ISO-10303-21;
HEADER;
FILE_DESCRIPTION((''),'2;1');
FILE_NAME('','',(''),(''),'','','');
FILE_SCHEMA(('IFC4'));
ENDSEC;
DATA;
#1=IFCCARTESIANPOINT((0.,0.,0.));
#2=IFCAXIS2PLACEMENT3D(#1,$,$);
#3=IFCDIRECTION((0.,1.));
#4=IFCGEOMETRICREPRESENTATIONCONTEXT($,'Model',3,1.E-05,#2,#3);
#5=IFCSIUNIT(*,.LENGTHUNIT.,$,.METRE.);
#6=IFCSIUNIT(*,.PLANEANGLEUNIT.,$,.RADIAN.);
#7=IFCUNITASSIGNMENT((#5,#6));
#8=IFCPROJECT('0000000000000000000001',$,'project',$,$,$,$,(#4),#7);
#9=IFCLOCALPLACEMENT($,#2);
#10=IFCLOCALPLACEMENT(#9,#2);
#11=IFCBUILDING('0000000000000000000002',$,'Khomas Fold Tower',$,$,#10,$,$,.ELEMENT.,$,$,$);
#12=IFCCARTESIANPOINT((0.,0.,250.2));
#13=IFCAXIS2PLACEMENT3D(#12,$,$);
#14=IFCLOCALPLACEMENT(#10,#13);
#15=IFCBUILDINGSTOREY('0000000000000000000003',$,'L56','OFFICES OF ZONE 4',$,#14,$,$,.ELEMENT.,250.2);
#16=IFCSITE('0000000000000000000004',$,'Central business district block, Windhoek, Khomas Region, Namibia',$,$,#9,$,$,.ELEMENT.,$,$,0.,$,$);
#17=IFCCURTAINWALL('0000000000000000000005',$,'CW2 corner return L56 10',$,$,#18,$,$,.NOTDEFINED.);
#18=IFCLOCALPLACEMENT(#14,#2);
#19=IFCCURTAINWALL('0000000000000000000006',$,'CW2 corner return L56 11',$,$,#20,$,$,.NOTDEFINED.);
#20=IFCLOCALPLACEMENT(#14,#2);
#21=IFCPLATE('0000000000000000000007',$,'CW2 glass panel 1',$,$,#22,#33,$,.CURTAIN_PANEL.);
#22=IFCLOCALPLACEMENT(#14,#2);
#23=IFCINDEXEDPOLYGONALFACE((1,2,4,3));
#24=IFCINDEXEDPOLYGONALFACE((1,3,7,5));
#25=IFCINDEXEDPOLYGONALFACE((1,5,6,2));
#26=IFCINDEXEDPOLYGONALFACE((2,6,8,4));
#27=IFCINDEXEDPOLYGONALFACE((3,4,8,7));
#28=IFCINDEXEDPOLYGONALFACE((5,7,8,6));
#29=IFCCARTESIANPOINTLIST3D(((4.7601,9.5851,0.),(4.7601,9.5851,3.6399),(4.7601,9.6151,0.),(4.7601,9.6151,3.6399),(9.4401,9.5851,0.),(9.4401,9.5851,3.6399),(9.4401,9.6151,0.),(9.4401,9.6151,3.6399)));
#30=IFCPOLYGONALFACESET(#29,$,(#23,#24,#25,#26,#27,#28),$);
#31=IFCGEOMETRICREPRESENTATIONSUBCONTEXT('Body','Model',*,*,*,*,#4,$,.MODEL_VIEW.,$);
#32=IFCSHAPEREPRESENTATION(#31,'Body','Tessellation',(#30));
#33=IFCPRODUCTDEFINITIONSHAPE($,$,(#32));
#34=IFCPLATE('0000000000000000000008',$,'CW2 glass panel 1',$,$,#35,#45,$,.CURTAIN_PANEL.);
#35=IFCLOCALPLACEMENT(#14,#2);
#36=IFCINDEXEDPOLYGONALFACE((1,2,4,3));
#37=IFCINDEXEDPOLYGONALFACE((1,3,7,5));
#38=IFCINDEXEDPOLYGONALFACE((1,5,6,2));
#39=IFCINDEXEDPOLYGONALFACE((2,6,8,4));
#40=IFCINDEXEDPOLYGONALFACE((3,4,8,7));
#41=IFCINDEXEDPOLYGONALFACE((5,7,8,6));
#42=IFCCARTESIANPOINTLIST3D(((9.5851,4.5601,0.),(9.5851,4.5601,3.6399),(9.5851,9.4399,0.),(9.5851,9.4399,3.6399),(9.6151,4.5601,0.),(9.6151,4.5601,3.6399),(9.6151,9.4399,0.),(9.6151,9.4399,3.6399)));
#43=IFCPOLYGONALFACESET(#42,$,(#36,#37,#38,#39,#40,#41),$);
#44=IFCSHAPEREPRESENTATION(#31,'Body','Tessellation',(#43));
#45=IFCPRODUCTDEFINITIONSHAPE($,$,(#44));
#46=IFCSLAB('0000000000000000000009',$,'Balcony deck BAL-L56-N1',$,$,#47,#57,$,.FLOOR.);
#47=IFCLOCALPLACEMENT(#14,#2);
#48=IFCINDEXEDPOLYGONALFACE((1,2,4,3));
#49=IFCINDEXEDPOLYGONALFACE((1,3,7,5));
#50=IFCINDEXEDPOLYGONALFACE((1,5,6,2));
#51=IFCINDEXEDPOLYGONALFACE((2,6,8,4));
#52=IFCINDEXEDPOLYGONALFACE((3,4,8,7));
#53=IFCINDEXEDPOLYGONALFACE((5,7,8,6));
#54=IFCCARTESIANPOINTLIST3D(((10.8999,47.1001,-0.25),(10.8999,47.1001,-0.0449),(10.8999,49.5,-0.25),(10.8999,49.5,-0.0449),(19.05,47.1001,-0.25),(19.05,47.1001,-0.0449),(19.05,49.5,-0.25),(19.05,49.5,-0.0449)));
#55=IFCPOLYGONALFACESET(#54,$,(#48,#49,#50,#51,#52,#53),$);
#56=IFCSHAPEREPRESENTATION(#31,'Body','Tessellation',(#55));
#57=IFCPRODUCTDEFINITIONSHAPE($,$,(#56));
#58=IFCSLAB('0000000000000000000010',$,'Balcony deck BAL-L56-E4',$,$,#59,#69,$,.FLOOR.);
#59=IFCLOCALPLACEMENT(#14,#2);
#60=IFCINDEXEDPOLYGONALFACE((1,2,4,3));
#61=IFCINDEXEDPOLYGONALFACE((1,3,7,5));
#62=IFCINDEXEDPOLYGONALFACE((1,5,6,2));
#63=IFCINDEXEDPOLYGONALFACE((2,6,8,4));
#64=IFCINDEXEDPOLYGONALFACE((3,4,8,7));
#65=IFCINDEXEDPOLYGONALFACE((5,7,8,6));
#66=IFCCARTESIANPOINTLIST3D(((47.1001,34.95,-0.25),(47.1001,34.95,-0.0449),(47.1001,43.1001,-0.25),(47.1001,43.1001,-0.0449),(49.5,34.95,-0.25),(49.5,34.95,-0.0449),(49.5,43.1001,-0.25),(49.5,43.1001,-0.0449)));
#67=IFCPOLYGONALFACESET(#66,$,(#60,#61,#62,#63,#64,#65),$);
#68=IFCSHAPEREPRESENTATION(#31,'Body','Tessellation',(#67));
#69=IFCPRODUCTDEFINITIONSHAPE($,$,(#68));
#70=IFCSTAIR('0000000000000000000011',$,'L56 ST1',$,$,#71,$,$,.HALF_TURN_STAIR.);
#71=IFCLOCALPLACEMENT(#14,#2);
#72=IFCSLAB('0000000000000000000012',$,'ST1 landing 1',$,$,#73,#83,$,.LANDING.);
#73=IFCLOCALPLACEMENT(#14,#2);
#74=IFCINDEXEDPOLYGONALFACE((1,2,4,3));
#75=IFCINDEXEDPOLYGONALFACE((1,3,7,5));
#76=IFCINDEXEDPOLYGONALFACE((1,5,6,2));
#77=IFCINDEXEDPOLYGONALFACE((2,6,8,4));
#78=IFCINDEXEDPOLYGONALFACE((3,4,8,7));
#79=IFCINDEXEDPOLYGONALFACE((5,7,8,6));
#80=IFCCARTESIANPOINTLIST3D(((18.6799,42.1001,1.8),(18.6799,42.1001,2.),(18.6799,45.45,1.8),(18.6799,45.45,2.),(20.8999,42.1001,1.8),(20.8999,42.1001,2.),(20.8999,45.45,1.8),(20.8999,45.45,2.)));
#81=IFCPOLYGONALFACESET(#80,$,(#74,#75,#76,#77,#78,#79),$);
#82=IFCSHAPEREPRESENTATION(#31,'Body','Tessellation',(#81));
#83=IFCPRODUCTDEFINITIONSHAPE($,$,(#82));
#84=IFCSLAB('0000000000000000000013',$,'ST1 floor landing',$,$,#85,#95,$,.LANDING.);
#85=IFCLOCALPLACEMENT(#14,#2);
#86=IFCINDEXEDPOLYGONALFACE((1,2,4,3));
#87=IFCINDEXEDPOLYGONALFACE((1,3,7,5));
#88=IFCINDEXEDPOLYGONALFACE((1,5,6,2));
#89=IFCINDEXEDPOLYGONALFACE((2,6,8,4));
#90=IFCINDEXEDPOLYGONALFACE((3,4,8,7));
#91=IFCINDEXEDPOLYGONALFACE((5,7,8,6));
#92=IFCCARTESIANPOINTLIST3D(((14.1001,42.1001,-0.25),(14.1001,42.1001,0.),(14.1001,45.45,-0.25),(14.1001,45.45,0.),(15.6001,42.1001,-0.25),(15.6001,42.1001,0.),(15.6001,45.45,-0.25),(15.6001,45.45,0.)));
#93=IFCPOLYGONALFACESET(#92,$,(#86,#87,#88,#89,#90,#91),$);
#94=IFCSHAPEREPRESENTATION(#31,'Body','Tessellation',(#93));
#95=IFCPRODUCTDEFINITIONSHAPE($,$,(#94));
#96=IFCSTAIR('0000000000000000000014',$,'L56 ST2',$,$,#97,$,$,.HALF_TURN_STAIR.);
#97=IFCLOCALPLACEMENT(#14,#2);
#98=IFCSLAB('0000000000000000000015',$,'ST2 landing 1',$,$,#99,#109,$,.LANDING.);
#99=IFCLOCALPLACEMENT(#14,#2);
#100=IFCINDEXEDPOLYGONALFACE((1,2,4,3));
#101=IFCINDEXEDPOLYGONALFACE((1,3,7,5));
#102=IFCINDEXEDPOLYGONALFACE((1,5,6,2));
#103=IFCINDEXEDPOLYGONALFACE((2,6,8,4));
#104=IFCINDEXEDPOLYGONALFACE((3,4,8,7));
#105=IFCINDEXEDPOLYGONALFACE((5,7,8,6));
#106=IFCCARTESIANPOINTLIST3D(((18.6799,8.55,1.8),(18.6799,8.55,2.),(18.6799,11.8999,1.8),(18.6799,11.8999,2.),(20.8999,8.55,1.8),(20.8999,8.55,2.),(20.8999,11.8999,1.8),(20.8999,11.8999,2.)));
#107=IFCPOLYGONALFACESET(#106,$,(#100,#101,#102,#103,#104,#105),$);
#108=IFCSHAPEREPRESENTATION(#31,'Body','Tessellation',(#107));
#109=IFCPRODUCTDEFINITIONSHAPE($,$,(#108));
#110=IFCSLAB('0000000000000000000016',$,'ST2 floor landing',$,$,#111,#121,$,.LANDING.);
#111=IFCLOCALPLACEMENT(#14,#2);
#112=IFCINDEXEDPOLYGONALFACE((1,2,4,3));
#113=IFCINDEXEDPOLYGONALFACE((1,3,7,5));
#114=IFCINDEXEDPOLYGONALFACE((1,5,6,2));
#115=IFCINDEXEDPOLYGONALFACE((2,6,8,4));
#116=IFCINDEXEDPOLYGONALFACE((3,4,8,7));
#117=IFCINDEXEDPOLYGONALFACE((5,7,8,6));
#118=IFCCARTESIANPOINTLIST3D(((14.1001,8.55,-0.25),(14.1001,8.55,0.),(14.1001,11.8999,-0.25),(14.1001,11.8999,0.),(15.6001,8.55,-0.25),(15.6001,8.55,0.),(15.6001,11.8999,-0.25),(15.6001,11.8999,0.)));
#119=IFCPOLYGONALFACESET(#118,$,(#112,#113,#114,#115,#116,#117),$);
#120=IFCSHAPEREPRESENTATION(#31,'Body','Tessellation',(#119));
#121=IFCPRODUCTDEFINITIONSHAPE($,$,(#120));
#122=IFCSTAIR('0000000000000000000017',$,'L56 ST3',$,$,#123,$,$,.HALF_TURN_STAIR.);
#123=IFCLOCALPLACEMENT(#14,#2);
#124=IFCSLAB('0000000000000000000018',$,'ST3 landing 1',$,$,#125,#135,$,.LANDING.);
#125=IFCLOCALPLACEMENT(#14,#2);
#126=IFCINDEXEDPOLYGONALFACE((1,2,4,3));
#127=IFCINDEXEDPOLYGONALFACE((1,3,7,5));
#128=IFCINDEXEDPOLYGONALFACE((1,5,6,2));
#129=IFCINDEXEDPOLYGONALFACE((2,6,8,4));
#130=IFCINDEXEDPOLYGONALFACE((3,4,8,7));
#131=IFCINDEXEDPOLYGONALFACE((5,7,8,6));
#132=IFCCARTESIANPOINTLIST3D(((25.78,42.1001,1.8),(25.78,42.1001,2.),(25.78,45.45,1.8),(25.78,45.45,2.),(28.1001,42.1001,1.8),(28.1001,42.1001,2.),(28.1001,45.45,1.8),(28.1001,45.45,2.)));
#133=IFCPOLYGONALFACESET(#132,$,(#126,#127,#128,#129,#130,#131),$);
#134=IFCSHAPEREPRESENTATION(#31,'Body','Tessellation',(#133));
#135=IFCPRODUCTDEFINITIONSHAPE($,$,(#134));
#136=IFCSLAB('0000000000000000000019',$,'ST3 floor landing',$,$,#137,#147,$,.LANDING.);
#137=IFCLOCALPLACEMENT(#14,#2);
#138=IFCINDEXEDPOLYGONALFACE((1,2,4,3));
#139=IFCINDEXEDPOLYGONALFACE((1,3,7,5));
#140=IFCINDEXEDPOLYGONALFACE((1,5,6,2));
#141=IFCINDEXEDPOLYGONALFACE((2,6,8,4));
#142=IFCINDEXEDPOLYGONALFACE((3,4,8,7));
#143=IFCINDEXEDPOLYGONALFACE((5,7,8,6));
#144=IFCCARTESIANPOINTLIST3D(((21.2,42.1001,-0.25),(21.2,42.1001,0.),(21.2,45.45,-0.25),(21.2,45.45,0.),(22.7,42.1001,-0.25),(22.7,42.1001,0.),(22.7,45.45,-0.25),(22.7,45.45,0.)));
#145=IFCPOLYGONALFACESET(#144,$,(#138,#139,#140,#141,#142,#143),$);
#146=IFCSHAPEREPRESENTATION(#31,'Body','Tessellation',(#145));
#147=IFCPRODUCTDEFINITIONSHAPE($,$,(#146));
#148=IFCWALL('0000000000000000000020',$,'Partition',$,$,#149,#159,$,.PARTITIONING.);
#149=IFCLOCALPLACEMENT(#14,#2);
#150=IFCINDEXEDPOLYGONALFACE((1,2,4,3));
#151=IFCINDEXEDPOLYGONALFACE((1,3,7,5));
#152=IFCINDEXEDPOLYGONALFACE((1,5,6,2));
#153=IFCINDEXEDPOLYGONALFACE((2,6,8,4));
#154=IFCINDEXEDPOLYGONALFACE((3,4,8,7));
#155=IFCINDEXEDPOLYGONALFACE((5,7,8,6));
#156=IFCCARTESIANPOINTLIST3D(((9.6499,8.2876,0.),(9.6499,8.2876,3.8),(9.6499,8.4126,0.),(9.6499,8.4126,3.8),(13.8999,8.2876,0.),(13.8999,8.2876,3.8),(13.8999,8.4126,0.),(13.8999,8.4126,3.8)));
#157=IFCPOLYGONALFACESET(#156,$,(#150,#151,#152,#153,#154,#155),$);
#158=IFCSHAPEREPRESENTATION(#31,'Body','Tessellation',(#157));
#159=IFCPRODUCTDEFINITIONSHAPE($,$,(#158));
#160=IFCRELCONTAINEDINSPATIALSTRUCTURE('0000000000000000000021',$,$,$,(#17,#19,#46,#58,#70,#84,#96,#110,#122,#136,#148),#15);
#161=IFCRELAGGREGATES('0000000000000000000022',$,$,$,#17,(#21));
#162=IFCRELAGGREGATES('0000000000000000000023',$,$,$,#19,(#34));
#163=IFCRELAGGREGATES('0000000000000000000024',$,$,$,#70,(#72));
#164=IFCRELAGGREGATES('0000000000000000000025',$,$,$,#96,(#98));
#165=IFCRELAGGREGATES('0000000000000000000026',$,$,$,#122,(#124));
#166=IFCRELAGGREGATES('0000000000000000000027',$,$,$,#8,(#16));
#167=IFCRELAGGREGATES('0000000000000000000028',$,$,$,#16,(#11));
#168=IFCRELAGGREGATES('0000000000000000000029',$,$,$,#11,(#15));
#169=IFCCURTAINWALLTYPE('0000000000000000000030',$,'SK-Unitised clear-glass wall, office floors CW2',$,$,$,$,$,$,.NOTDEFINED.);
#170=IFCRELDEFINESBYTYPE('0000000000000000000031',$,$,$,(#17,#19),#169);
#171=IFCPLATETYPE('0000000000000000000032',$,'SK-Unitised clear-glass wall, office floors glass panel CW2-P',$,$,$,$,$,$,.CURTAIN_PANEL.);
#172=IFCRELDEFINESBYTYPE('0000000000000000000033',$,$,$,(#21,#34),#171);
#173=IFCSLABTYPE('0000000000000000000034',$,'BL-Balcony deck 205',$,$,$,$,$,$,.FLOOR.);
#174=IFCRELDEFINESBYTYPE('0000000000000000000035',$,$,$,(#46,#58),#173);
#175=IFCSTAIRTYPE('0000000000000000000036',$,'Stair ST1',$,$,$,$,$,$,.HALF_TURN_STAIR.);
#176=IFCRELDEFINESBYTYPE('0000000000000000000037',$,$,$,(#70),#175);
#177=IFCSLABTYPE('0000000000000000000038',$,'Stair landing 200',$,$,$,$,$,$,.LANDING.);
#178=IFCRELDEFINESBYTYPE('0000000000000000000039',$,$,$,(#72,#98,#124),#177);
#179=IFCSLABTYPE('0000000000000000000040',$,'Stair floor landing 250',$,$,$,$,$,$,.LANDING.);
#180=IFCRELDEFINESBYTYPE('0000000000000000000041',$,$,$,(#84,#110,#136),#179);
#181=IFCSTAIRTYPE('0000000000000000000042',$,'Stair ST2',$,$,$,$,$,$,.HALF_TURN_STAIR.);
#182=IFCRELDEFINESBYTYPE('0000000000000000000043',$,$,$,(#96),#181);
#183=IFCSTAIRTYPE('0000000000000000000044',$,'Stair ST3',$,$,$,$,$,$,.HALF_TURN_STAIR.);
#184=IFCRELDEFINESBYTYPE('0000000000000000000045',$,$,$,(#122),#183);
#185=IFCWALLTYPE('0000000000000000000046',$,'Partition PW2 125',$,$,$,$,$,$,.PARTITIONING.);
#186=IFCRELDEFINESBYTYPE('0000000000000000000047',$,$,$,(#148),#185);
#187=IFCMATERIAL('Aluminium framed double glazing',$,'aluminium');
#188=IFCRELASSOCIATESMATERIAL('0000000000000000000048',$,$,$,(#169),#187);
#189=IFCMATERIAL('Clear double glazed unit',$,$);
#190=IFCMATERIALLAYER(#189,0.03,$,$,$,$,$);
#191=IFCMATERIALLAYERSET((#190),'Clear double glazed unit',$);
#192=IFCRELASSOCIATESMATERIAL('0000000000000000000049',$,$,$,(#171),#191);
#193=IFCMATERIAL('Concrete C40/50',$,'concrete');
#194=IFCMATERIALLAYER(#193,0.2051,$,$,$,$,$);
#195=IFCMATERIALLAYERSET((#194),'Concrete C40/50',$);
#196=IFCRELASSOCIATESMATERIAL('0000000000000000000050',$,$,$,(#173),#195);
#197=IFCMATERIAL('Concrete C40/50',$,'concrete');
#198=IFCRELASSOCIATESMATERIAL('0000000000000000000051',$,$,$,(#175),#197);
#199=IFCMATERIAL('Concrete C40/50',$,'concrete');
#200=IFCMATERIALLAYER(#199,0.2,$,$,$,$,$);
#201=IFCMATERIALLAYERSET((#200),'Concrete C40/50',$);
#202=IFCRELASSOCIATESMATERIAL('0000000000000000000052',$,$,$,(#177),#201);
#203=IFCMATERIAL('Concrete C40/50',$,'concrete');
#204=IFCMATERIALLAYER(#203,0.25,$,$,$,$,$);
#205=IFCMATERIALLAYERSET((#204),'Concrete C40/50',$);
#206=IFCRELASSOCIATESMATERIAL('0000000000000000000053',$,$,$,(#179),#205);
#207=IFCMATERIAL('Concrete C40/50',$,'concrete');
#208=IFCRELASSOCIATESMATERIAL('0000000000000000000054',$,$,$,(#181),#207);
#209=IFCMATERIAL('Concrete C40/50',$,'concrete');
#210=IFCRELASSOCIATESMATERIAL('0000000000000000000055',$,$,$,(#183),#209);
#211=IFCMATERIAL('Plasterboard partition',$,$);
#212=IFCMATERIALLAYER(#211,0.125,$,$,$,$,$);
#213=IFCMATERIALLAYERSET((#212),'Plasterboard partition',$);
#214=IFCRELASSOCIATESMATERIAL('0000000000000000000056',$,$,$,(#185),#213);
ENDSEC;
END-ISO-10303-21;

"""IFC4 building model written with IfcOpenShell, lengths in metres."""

from ifc_helpers import new_model, si_unit, direction, frame, frame_2d, origin, origin_2d, place, context, subcontext, project, spatial, polyline, rectangle, outline, extrude, source, transform, mapped, material, layer, layer_set, type_object, element, aggregate, save


model = new_model("IFC4")

# Units and contexts
model_context = context("Model", 3, precision=1e-05, world=origin(), true_north=direction((0.0, 1.0)))
body_context = subcontext(model_context, "Body", "Model", "MODEL_VIEW")
ifc_project = project(units=[si_unit("LENGTHUNIT", "METRE"), si_unit("PLANEANGLEUNIT", "RADIAN")], contexts=[model_context])

# Site, building, storey
site_placement = place(None, origin())
site = spatial("IfcSite", under=ifc_project, at=site_placement, Name="Central business district block, Windhoek, Khomas Region, Namibia", CompositionType="ELEMENT", RefElevation=0.0)
building_placement = place(site_placement, origin())
building = spatial("IfcBuilding", under=site, at=building_placement, Name="Khomas Fold Tower", CompositionType="ELEMENT")
storey_placement = place(building_placement, frame((0.0, 0.0, 250.2)))
storey = spatial("IfcBuildingStorey", under=building, at=storey_placement, Name="L56", Description="OFFICES OF ZONE 4", CompositionType="ELEMENT", Elevation=250.2)

# Shared definitions
ifc_material_1 = material(Name="Aluminium framed double glazing", Category="aluminium")
curtain_wall_type = type_object("IfcCurtainWallType", Name="SK-Unitised clear-glass wall, office floors CW2", PredefinedType="NOTDEFINED", material=ifc_material_1)

# Curtain walls
curtain_wall_1_placement = place(storey_placement, origin())
curtain_wall_1 = element("IfcCurtainWall", 1, at=curtain_wall_1_placement, inside=storey, type_object=curtain_wall_type, Name="CW2 corner return L56 10", PredefinedType="NOTDEFINED")
curtain_wall_2_placement = place(storey_placement, origin())
curtain_wall_2 = element("IfcCurtainWall", 2, at=curtain_wall_2_placement, inside=storey, type_object=curtain_wall_type, Name="CW2 corner return L56 11", PredefinedType="NOTDEFINED")

# Plates
ifc_material_2 = material(Name="Clear double glazed unit")
ifc_layer_1 = layer(ifc_material_2, 0.03)
ifc_layer_set_1 = layer_set([ifc_layer_1], Name="Clear double glazed unit")
plate_type = type_object("IfcPlateType", Name="SK-Unitised clear-glass wall, office floors glass panel CW2-P", PredefinedType="CURTAIN_PANEL", material=ifc_layer_set_1)
shared_shape_1 = source(origin(), body_context, "Body", "SweptSolid", [
    extrude(rectangle(XDim=4.6799, YDim=0.03, at=origin_2d()), origin(), (0.0, 0.0, 1.0), 3.6399),
])
plate_1_placement = place(storey_placement, frame((7.1001, 9.6001, 0.0), z_axis=(0.0, 0.0, 1.0), x_axis=(1.0, 0.0, 0.0)))
plate_1 = element("IfcPlate", 3, at=plate_1_placement, type_object=plate_type, Name="CW2 glass panel 1", PredefinedType="CURTAIN_PANEL", context=body_context, shape_type="MappedRepresentation", body=[
    mapped(shared_shape_1, transform((0.0, 0.0, 0.0))),
])
aggregate(curtain_wall_1, [plate_1])
shared_shape_2 = source(origin(), body_context, "Body", "SweptSolid", [
    extrude(rectangle(XDim=4.8799, YDim=0.03, at=origin_2d()), origin(), (0.0, 0.0, 1.0), 3.6399),
])
plate_2_placement = place(storey_placement, frame((9.6001, 7.0, 0.0), z_axis=(0.0, 0.0, 1.0), x_axis=(0.0, -1.0, 0.0)))
plate_2 = element("IfcPlate", 4, at=plate_2_placement, type_object=plate_type, Name="CW2 glass panel 1", PredefinedType="CURTAIN_PANEL", context=body_context, shape_type="MappedRepresentation", body=[
    mapped(shared_shape_2, transform((0.0, 0.0, 0.0))),
])
aggregate(curtain_wall_2, [plate_2])

# Slabs
ifc_material_3 = material(Name="Concrete C40/50", Category="concrete")
ifc_layer_2 = layer(ifc_material_3, 0.2051)
ifc_layer_set_2 = layer_set([ifc_layer_2], Name="Concrete C40/50")
slab_type_1 = type_object("IfcSlabType", Name="BL-Balcony deck 205", PredefinedType="FLOOR", material=ifc_layer_set_2)
shared_shape_3 = source(origin(), body_context, "Body", "SweptSolid", [
    extrude(outline(polyline([(10.8999, 47.1001), (19.05, 47.1001), (19.05, 49.5), (10.8999, 49.5), (10.8999, 47.1001)])), origin(), (0.0, 0.0, 1.0), 0.2051),
])
slab_1_placement = place(storey_placement, frame((0.0, 0.0, -0.25)))
element("IfcSlab", 5, at=slab_1_placement, inside=storey, type_object=slab_type_1, Name="Balcony deck BAL-L56-N1", PredefinedType="FLOOR", context=body_context, shape_type="MappedRepresentation", body=[
    mapped(shared_shape_3, transform((0.0, 0.0, 0.0))),
])
shared_shape_4 = source(origin(), body_context, "Body", "SweptSolid", [
    extrude(outline(polyline([(47.1001, 34.95), (49.5, 34.95), (49.5, 43.1001), (47.1001, 43.1001), (47.1001, 34.95)])), origin(), (0.0, 0.0, 1.0), 0.2051),
])
slab_2_placement = place(storey_placement, frame((0.0, 0.0, -0.25)))
element("IfcSlab", 6, at=slab_2_placement, inside=storey, type_object=slab_type_1, Name="Balcony deck BAL-L56-E4", PredefinedType="FLOOR", context=body_context, shape_type="MappedRepresentation", body=[
    mapped(shared_shape_4, transform((0.0, 0.0, 0.0))),
])

# Stair, slab
ifc_material_4 = material(Name="Concrete C40/50", Category="concrete")
stair_type_1 = type_object("IfcStairType", Name="Stair ST1", PredefinedType="HALF_TURN_STAIR", material=ifc_material_4)
stair_1_placement = place(storey_placement, origin())
stair_1 = element("IfcStair", 7, at=stair_1_placement, inside=storey, type_object=stair_type_1, Name="L56 ST1", PredefinedType="HALF_TURN_STAIR")
ifc_material_5 = material(Name="Concrete C40/50", Category="concrete")
ifc_layer_3 = layer(ifc_material_5, 0.2)
ifc_layer_set_3 = layer_set([ifc_layer_3], Name="Concrete C40/50")
slab_type_2 = type_object("IfcSlabType", Name="Stair landing 200", PredefinedType="LANDING", material=ifc_layer_set_3)
shared_shape_5 = source(origin(), body_context, "Body", "SweptSolid", [
    extrude(outline(polyline([(18.6799, 42.1001), (20.8999, 42.1001), (20.8999, 45.45), (18.6799, 45.45), (18.6799, 42.1001)])), origin(), (0.0, 0.0, 1.0), 0.2),
])
slab_3_placement = place(storey_placement, frame((0.0, 0.0, 1.8)))
slab_3 = element("IfcSlab", 8, at=slab_3_placement, type_object=slab_type_2, Name="ST1 landing 1", PredefinedType="LANDING", context=body_context, shape_type="MappedRepresentation", body=[
    mapped(shared_shape_5, transform((0.0, 0.0, 0.0))),
])
aggregate(stair_1, [slab_3])

# Slab
ifc_material_6 = material(Name="Concrete C40/50", Category="concrete")
ifc_layer_4 = layer(ifc_material_6, 0.25)
ifc_layer_set_4 = layer_set([ifc_layer_4], Name="Concrete C40/50")
slab_type_3 = type_object("IfcSlabType", Name="Stair floor landing 250", PredefinedType="LANDING", material=ifc_layer_set_4)
shared_shape_6 = source(origin(), body_context, "Body", "SweptSolid", [
    extrude(outline(polyline([(15.6001, 42.1001), (14.1001, 42.1001), (14.1001, 45.45), (15.6001, 45.45), (15.6001, 42.1001)])), origin(), (0.0, 0.0, 1.0), 0.25),
])
slab_4_placement = place(storey_placement, frame((0.0, 0.0, -0.25)))
element("IfcSlab", 9, at=slab_4_placement, inside=storey, type_object=slab_type_3, Name="ST1 floor landing", PredefinedType="LANDING", context=body_context, shape_type="MappedRepresentation", body=[
    mapped(shared_shape_6, transform((0.0, 0.0, 0.0))),
])

# Stair, slab
ifc_material_7 = material(Name="Concrete C40/50", Category="concrete")
stair_type_2 = type_object("IfcStairType", Name="Stair ST2", PredefinedType="HALF_TURN_STAIR", material=ifc_material_7)
stair_2_placement = place(storey_placement, origin())
stair_2 = element("IfcStair", 10, at=stair_2_placement, inside=storey, type_object=stair_type_2, Name="L56 ST2", PredefinedType="HALF_TURN_STAIR")
shared_shape_7 = source(origin(), body_context, "Body", "SweptSolid", [
    extrude(outline(polyline([(18.6799, 8.55), (20.8999, 8.55), (20.8999, 11.8999), (18.6799, 11.8999), (18.6799, 8.55)])), origin(), (0.0, 0.0, 1.0), 0.2),
])
slab_5_placement = place(storey_placement, frame((0.0, 0.0, 1.8)))
slab_5 = element("IfcSlab", 11, at=slab_5_placement, type_object=slab_type_2, Name="ST2 landing 1", PredefinedType="LANDING", context=body_context, shape_type="MappedRepresentation", body=[
    mapped(shared_shape_7, transform((0.0, 0.0, 0.0))),
])
aggregate(stair_2, [slab_5])

# Slab
shared_shape_8 = source(origin(), body_context, "Body", "SweptSolid", [
    extrude(outline(polyline([(15.6001, 8.55), (14.1001, 8.55), (14.1001, 11.8999), (15.6001, 11.8999), (15.6001, 8.55)])), origin(), (0.0, 0.0, 1.0), 0.25),
])
slab_6_placement = place(storey_placement, frame((0.0, 0.0, -0.25)))
element("IfcSlab", 12, at=slab_6_placement, inside=storey, type_object=slab_type_3, Name="ST2 floor landing", PredefinedType="LANDING", context=body_context, shape_type="MappedRepresentation", body=[
    mapped(shared_shape_8, transform((0.0, 0.0, 0.0))),
])

# Stair, slab
ifc_material_8 = material(Name="Concrete C40/50", Category="concrete")
stair_type_3 = type_object("IfcStairType", Name="Stair ST3", PredefinedType="HALF_TURN_STAIR", material=ifc_material_8)
stair_3_placement = place(storey_placement, origin())
stair_3 = element("IfcStair", 13, at=stair_3_placement, inside=storey, type_object=stair_type_3, Name="L56 ST3", PredefinedType="HALF_TURN_STAIR")
shared_shape_9 = source(origin(), body_context, "Body", "SweptSolid", [
    extrude(outline(polyline([(25.78, 42.1001), (28.1001, 42.1001), (28.1001, 45.45), (25.78, 45.45), (25.78, 42.1001)])), origin(), (0.0, 0.0, 1.0), 0.2),
])
slab_7_placement = place(storey_placement, frame((0.0, 0.0, 1.8)))
slab_7 = element("IfcSlab", 14, at=slab_7_placement, type_object=slab_type_2, Name="ST3 landing 1", PredefinedType="LANDING", context=body_context, shape_type="MappedRepresentation", body=[
    mapped(shared_shape_9, transform((0.0, 0.0, 0.0))),
])
aggregate(stair_3, [slab_7])

# Slab
shared_shape_10 = source(origin(), body_context, "Body", "SweptSolid", [
    extrude(outline(polyline([(22.7, 42.1001), (21.2, 42.1001), (21.2, 45.45), (22.7, 45.45), (22.7, 42.1001)])), origin(), (0.0, 0.0, 1.0), 0.25),
])
slab_8_placement = place(storey_placement, frame((0.0, 0.0, -0.25)))
element("IfcSlab", 15, at=slab_8_placement, inside=storey, type_object=slab_type_3, Name="ST3 floor landing", PredefinedType="LANDING", context=body_context, shape_type="MappedRepresentation", body=[
    mapped(shared_shape_10, transform((0.0, 0.0, 0.0))),
])

# Wall
ifc_material_9 = material(Name="Plasterboard partition")
ifc_layer_5 = layer(ifc_material_9, 0.125)
ifc_layer_set_5 = layer_set([ifc_layer_5], Name="Plasterboard partition")
wall_type = type_object("IfcWallType", Name="Partition PW2 125", PredefinedType="PARTITIONING", material=ifc_layer_set_5)
shared_shape_11 = source(origin(), body_context, "Body", "SweptSolid", [
    extrude(rectangle(XDim=4.25, YDim=0.125, at=frame_2d((2.125, 0.0))), origin(), (0.0, 0.0, 1.0), 3.8),
])
wall_placement = place(storey_placement, frame((9.6499, 8.3501, 0.0), z_axis=(0.0, 0.0, 1.0), x_axis=(1.0, 0.0, 0.0)))
element("IfcWall", 16, at=wall_placement, inside=storey, type_object=wall_type, Name="Partition", PredefinedType="PARTITIONING", context=body_context, shape_type="MappedRepresentation", body=[
    mapped(shared_shape_11, transform((0.0, 0.0, 0.0))),
])

save(model, "model.ifc")
